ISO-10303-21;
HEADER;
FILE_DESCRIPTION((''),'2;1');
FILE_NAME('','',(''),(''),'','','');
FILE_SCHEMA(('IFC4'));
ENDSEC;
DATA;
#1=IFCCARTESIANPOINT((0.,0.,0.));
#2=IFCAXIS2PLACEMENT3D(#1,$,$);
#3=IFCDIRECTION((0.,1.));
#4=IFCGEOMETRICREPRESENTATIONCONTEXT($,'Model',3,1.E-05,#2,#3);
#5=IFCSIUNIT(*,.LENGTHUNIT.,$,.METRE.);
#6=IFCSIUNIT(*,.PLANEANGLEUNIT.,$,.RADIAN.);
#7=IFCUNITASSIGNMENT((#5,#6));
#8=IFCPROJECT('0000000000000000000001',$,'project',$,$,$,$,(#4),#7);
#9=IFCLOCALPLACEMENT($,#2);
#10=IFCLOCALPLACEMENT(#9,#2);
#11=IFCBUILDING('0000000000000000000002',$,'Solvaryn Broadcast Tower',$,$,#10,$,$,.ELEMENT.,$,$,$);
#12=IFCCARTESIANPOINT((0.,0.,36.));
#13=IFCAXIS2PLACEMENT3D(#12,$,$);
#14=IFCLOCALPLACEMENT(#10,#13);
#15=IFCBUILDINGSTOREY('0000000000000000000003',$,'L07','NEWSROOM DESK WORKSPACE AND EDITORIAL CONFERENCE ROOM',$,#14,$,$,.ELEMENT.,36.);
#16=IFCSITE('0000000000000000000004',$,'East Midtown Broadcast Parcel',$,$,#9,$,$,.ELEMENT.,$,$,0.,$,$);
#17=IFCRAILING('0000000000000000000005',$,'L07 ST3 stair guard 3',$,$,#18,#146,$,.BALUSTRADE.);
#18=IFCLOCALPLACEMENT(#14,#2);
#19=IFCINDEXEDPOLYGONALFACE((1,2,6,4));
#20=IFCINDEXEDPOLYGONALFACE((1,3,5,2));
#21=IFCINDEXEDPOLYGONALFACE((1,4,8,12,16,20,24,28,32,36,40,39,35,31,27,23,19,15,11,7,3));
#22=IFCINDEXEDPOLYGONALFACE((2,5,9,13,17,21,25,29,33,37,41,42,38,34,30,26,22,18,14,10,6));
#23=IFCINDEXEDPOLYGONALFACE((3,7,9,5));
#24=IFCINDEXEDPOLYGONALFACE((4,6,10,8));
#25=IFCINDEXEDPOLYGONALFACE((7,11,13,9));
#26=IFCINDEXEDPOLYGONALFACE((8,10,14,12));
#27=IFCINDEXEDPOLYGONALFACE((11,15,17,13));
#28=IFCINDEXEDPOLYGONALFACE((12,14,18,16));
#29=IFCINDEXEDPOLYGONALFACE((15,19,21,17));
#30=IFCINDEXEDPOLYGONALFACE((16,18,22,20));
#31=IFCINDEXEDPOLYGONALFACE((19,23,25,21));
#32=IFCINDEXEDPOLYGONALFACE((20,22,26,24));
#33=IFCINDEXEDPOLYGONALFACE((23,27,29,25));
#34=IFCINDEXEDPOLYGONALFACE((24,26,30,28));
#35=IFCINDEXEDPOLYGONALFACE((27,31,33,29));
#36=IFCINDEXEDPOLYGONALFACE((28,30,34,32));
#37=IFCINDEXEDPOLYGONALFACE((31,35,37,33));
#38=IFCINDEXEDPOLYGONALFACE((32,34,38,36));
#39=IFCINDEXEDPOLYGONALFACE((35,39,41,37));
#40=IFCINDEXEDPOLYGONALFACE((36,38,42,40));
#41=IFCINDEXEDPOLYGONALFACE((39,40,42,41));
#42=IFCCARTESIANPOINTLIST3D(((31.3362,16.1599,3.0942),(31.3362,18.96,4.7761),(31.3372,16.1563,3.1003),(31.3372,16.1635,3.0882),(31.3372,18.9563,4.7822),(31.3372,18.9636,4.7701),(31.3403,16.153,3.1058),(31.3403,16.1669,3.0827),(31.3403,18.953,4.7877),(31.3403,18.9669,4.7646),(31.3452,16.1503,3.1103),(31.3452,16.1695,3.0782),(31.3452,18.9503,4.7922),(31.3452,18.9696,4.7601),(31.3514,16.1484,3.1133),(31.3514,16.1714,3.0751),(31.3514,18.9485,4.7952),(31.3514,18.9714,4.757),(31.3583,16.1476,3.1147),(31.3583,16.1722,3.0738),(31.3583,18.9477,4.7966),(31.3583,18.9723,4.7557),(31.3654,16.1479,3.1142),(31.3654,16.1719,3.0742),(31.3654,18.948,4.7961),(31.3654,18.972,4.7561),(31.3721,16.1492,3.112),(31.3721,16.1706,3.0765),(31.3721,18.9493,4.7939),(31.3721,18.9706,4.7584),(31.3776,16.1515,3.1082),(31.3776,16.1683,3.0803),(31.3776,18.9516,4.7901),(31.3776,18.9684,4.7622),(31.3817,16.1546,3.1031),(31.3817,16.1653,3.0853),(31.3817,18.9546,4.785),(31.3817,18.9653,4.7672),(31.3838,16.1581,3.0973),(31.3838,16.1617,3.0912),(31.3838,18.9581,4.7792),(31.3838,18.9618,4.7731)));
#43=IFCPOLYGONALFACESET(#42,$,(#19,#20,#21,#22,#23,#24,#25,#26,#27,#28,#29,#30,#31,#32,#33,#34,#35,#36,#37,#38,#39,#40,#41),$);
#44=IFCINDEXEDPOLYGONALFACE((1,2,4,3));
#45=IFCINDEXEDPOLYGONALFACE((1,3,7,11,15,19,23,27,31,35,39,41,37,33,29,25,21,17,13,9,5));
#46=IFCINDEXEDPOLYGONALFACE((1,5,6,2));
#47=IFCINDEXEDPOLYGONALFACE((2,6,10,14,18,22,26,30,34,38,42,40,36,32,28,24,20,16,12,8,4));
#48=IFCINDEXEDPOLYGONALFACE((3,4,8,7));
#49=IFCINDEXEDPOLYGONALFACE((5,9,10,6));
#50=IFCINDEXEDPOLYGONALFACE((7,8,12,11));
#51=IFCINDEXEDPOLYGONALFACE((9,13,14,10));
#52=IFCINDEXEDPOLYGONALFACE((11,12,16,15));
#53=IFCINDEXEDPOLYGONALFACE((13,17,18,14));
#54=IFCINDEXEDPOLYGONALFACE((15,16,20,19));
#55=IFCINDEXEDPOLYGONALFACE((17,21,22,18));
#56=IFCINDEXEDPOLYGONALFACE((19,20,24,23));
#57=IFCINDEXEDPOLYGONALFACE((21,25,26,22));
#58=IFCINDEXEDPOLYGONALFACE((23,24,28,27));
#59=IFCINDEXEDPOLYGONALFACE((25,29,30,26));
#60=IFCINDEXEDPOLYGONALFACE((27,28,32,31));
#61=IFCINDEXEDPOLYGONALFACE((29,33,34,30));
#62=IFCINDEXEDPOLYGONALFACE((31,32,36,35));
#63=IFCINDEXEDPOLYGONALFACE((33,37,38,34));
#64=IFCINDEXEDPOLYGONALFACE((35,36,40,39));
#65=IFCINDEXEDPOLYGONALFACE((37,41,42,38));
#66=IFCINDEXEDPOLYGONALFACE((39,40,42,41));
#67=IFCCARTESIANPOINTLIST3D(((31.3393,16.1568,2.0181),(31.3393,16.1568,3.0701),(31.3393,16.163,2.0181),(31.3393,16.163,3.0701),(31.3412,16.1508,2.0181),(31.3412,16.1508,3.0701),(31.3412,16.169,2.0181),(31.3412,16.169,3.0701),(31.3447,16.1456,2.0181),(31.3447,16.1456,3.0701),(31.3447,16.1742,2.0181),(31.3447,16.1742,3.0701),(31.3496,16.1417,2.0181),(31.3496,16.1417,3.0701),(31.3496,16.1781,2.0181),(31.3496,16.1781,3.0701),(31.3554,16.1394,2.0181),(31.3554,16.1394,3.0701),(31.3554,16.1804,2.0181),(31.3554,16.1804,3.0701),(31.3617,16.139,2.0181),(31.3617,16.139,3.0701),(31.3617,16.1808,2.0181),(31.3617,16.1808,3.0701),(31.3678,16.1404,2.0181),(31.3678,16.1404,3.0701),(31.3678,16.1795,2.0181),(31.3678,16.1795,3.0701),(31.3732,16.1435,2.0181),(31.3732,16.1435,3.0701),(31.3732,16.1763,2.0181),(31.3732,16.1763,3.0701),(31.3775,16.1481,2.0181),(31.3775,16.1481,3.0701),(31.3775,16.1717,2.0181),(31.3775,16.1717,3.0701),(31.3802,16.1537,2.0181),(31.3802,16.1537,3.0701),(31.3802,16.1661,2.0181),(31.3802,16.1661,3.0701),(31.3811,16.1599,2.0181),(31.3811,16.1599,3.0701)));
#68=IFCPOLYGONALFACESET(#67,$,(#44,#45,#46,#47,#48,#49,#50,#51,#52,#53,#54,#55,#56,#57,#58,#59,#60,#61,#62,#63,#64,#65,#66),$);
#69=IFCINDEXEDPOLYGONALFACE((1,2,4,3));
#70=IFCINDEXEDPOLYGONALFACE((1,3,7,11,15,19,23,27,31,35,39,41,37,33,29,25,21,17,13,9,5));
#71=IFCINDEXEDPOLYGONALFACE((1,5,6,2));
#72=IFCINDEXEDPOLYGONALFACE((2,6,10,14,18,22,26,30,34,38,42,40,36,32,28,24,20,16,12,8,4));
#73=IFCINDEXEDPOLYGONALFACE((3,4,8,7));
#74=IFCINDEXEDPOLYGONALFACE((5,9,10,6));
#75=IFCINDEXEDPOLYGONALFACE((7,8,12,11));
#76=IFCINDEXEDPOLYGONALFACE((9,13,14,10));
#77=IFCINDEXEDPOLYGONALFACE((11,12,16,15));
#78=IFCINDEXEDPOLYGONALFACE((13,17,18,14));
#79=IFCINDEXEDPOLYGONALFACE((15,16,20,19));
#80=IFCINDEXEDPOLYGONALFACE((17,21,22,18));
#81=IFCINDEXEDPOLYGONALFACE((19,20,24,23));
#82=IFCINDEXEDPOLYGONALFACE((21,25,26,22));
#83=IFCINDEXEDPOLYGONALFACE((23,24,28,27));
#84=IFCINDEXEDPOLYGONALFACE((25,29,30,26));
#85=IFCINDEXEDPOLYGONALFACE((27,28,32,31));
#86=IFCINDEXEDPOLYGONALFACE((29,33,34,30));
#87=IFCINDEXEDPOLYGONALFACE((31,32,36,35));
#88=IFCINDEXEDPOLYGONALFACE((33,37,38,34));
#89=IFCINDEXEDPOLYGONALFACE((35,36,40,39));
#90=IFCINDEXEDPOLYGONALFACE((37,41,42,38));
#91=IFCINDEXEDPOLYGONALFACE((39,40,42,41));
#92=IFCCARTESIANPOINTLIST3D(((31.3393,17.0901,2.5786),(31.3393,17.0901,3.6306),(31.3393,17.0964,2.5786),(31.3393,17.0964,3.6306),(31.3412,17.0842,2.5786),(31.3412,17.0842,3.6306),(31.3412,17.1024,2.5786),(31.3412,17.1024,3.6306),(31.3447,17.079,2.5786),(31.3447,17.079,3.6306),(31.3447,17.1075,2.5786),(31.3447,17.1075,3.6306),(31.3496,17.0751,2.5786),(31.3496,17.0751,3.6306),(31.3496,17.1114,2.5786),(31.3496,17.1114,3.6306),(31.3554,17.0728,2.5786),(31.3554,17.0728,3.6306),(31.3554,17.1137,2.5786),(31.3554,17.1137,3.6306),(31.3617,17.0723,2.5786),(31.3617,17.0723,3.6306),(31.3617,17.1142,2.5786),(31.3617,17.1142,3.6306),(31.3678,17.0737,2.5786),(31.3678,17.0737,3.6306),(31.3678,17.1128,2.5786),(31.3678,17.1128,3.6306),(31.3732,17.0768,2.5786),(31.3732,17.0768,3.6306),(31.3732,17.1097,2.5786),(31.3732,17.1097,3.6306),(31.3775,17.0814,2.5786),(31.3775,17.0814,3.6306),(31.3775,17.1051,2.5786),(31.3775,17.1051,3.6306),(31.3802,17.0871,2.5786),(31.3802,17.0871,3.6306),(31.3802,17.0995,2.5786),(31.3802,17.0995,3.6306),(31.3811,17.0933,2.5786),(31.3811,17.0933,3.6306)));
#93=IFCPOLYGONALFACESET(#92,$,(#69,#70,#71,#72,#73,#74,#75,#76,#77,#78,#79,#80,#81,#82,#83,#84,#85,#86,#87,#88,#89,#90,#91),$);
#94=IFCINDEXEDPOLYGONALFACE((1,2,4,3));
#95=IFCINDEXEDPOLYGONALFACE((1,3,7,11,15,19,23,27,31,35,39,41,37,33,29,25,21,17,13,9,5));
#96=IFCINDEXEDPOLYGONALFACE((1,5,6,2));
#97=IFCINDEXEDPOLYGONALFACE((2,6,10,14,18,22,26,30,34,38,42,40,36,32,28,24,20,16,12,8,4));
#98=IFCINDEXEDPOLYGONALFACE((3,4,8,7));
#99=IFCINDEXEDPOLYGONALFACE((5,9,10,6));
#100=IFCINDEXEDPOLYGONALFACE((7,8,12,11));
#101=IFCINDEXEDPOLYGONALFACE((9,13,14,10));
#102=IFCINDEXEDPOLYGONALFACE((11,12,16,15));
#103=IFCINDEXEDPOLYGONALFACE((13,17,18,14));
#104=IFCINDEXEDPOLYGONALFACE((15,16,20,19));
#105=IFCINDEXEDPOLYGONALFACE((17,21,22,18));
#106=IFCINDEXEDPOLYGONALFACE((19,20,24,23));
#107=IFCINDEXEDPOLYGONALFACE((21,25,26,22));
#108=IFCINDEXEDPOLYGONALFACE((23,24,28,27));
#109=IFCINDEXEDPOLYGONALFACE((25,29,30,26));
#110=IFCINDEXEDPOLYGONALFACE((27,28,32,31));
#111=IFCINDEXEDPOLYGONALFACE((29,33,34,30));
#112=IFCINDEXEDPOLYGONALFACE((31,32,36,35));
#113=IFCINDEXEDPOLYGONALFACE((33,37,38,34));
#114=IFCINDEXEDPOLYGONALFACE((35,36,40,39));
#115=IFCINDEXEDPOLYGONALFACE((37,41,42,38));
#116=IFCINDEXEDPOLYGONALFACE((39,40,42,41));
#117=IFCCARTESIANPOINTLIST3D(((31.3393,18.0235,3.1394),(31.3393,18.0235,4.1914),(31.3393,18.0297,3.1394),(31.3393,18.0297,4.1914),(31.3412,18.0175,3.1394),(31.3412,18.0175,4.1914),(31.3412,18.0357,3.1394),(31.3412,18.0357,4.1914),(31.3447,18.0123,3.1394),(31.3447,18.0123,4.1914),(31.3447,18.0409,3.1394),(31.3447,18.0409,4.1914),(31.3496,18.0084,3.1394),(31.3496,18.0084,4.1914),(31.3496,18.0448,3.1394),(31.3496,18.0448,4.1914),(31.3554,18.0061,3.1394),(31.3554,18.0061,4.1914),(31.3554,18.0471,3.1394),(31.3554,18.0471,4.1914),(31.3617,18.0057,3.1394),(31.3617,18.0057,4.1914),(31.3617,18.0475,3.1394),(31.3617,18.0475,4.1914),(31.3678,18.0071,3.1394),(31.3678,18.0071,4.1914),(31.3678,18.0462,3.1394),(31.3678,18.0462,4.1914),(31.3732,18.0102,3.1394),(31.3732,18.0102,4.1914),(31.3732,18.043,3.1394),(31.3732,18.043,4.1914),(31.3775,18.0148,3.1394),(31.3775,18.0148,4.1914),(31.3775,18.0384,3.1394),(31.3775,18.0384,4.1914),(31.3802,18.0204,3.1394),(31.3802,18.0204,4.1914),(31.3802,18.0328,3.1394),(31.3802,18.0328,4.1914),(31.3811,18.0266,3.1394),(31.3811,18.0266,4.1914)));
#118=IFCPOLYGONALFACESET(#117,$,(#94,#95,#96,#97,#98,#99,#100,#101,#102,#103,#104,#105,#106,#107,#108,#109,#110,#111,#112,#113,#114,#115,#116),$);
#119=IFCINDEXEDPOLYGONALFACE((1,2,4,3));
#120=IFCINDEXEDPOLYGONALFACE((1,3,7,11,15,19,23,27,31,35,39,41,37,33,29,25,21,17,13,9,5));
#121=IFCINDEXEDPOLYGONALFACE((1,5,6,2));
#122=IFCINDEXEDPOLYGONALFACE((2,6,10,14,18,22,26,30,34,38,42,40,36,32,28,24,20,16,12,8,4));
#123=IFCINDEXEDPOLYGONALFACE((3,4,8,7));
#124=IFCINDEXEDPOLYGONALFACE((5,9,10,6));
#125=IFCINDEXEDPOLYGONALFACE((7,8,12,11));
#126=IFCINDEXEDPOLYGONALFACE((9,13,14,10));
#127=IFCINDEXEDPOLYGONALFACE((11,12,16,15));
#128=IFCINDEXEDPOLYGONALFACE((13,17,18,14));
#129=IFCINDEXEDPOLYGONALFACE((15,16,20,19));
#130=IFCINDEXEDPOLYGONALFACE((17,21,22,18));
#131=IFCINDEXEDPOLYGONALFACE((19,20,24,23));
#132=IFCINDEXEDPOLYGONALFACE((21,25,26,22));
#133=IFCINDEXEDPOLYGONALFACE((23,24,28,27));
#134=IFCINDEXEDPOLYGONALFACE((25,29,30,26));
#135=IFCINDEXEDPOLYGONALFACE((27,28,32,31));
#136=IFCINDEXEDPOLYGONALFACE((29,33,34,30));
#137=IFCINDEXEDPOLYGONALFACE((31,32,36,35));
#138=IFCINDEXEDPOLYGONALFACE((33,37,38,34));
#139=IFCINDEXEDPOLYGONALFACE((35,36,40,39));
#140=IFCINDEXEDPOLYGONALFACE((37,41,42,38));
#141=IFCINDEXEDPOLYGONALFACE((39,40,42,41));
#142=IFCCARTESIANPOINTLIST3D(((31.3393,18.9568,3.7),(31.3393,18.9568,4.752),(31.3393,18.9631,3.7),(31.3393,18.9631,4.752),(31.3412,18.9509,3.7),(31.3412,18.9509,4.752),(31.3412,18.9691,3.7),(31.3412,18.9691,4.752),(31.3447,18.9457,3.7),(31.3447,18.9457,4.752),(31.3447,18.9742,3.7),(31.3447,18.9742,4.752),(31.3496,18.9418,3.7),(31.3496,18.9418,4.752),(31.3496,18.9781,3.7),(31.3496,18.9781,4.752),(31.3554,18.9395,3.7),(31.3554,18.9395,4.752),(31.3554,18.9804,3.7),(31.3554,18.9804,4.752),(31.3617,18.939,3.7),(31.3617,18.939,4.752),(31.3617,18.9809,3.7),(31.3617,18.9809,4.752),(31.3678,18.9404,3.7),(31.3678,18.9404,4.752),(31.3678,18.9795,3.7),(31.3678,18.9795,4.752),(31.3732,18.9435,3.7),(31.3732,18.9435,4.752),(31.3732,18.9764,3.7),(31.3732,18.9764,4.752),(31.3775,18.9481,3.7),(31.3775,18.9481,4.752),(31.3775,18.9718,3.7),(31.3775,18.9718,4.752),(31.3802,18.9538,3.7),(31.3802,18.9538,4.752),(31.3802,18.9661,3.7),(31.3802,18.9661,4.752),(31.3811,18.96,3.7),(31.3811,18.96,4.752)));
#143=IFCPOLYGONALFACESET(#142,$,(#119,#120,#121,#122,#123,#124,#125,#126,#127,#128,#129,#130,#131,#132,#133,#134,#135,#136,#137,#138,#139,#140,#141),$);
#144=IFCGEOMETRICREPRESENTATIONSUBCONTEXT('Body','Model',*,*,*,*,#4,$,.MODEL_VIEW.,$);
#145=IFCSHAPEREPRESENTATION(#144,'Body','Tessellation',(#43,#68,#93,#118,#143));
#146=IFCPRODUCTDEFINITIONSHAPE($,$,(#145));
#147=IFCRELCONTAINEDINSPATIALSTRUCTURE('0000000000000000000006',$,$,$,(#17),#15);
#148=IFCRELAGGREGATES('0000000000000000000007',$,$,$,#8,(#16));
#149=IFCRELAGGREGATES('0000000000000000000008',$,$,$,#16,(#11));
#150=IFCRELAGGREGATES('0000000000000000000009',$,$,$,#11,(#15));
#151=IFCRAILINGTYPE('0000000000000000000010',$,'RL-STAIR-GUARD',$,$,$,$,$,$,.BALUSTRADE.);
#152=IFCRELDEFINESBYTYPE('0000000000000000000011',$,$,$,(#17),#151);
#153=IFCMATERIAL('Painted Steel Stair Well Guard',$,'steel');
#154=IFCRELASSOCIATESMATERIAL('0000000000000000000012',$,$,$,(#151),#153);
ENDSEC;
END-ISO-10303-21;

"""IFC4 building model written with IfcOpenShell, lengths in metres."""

from ifc_helpers import new_model, si_unit, direction, frame, origin, origin_2d, place, context, subcontext, project, spatial, circle, extrude, material, type_object, element, save


model = new_model("IFC4")

# Units and contexts
model_context = context("Model", 3, precision=1e-05, world=origin(), true_north=direction((0.0, 1.0)))
body_context = subcontext(model_context, "Body", "Model", "MODEL_VIEW")
ifc_project = project(units=[si_unit("LENGTHUNIT", "METRE"), si_unit("PLANEANGLEUNIT", "RADIAN")], contexts=[model_context])

# Site, building, storey
site_placement = place(None, origin())
site = spatial("IfcSite", under=ifc_project, at=site_placement, Name="East Midtown Broadcast Parcel", CompositionType="ELEMENT", RefElevation=0.0)
building_placement = place(site_placement, origin())
building = spatial("IfcBuilding", under=site, at=building_placement, Name="Solvaryn Broadcast Tower", CompositionType="ELEMENT")
storey_placement = place(building_placement, frame((0.0, 0.0, 36.0)))
storey = spatial("IfcBuildingStorey", under=building, at=storey_placement, Name="L07", Description="NEWSROOM DESK WORKSPACE AND EDITORIAL CONFERENCE ROOM", CompositionType="ELEMENT", Elevation=36.0)

# Railing
ifc_material_1 = material(Name="Painted Steel Stair Well Guard", Category="steel")
railing_type_1 = type_object("IfcRailingType", Name="RL-STAIR-GUARD", PredefinedType="BALUSTRADE", material=ifc_material_1)
railing_1_placement = place(storey_placement, frame((31.3601, 16.1599, 2.0181)))
element("IfcRailing", 1, at=railing_1_placement, inside=storey, type_object=railing_type_1, Name="L07 ST3 stair guard 3", PredefinedType="BALUSTRADE", context=body_context, shape_type="SweptSolid", body=[
    extrude(circle(Radius=0.0239, at=origin_2d()), frame((0.0, 0.0, 1.0762), z_axis=(0.0, 0.857242, 0.514913), x_axis=(-1.0, 0.0, 0.0)), (0.0, 0.0, 1.0), 3.2664),
    extrude(circle(Radius=0.021, at=origin_2d()), origin(), (0.0, 0.0, 1.0), 1.052),
    extrude(circle(Radius=0.021, at=origin_2d()), frame((0.0, 0.9333, 0.5605)), (0.0, 0.0, 1.0), 1.052),
    extrude(circle(Radius=0.021, at=origin_2d()), frame((0.0, 1.8667, 1.1213)), (0.0, 0.0, 1.0), 1.052),
    extrude(circle(Radius=0.021, at=origin_2d()), frame((0.0, 2.8, 1.6819)), (0.0, 0.0, 1.0), 1.052),
])

save(model, "model.ifc")
